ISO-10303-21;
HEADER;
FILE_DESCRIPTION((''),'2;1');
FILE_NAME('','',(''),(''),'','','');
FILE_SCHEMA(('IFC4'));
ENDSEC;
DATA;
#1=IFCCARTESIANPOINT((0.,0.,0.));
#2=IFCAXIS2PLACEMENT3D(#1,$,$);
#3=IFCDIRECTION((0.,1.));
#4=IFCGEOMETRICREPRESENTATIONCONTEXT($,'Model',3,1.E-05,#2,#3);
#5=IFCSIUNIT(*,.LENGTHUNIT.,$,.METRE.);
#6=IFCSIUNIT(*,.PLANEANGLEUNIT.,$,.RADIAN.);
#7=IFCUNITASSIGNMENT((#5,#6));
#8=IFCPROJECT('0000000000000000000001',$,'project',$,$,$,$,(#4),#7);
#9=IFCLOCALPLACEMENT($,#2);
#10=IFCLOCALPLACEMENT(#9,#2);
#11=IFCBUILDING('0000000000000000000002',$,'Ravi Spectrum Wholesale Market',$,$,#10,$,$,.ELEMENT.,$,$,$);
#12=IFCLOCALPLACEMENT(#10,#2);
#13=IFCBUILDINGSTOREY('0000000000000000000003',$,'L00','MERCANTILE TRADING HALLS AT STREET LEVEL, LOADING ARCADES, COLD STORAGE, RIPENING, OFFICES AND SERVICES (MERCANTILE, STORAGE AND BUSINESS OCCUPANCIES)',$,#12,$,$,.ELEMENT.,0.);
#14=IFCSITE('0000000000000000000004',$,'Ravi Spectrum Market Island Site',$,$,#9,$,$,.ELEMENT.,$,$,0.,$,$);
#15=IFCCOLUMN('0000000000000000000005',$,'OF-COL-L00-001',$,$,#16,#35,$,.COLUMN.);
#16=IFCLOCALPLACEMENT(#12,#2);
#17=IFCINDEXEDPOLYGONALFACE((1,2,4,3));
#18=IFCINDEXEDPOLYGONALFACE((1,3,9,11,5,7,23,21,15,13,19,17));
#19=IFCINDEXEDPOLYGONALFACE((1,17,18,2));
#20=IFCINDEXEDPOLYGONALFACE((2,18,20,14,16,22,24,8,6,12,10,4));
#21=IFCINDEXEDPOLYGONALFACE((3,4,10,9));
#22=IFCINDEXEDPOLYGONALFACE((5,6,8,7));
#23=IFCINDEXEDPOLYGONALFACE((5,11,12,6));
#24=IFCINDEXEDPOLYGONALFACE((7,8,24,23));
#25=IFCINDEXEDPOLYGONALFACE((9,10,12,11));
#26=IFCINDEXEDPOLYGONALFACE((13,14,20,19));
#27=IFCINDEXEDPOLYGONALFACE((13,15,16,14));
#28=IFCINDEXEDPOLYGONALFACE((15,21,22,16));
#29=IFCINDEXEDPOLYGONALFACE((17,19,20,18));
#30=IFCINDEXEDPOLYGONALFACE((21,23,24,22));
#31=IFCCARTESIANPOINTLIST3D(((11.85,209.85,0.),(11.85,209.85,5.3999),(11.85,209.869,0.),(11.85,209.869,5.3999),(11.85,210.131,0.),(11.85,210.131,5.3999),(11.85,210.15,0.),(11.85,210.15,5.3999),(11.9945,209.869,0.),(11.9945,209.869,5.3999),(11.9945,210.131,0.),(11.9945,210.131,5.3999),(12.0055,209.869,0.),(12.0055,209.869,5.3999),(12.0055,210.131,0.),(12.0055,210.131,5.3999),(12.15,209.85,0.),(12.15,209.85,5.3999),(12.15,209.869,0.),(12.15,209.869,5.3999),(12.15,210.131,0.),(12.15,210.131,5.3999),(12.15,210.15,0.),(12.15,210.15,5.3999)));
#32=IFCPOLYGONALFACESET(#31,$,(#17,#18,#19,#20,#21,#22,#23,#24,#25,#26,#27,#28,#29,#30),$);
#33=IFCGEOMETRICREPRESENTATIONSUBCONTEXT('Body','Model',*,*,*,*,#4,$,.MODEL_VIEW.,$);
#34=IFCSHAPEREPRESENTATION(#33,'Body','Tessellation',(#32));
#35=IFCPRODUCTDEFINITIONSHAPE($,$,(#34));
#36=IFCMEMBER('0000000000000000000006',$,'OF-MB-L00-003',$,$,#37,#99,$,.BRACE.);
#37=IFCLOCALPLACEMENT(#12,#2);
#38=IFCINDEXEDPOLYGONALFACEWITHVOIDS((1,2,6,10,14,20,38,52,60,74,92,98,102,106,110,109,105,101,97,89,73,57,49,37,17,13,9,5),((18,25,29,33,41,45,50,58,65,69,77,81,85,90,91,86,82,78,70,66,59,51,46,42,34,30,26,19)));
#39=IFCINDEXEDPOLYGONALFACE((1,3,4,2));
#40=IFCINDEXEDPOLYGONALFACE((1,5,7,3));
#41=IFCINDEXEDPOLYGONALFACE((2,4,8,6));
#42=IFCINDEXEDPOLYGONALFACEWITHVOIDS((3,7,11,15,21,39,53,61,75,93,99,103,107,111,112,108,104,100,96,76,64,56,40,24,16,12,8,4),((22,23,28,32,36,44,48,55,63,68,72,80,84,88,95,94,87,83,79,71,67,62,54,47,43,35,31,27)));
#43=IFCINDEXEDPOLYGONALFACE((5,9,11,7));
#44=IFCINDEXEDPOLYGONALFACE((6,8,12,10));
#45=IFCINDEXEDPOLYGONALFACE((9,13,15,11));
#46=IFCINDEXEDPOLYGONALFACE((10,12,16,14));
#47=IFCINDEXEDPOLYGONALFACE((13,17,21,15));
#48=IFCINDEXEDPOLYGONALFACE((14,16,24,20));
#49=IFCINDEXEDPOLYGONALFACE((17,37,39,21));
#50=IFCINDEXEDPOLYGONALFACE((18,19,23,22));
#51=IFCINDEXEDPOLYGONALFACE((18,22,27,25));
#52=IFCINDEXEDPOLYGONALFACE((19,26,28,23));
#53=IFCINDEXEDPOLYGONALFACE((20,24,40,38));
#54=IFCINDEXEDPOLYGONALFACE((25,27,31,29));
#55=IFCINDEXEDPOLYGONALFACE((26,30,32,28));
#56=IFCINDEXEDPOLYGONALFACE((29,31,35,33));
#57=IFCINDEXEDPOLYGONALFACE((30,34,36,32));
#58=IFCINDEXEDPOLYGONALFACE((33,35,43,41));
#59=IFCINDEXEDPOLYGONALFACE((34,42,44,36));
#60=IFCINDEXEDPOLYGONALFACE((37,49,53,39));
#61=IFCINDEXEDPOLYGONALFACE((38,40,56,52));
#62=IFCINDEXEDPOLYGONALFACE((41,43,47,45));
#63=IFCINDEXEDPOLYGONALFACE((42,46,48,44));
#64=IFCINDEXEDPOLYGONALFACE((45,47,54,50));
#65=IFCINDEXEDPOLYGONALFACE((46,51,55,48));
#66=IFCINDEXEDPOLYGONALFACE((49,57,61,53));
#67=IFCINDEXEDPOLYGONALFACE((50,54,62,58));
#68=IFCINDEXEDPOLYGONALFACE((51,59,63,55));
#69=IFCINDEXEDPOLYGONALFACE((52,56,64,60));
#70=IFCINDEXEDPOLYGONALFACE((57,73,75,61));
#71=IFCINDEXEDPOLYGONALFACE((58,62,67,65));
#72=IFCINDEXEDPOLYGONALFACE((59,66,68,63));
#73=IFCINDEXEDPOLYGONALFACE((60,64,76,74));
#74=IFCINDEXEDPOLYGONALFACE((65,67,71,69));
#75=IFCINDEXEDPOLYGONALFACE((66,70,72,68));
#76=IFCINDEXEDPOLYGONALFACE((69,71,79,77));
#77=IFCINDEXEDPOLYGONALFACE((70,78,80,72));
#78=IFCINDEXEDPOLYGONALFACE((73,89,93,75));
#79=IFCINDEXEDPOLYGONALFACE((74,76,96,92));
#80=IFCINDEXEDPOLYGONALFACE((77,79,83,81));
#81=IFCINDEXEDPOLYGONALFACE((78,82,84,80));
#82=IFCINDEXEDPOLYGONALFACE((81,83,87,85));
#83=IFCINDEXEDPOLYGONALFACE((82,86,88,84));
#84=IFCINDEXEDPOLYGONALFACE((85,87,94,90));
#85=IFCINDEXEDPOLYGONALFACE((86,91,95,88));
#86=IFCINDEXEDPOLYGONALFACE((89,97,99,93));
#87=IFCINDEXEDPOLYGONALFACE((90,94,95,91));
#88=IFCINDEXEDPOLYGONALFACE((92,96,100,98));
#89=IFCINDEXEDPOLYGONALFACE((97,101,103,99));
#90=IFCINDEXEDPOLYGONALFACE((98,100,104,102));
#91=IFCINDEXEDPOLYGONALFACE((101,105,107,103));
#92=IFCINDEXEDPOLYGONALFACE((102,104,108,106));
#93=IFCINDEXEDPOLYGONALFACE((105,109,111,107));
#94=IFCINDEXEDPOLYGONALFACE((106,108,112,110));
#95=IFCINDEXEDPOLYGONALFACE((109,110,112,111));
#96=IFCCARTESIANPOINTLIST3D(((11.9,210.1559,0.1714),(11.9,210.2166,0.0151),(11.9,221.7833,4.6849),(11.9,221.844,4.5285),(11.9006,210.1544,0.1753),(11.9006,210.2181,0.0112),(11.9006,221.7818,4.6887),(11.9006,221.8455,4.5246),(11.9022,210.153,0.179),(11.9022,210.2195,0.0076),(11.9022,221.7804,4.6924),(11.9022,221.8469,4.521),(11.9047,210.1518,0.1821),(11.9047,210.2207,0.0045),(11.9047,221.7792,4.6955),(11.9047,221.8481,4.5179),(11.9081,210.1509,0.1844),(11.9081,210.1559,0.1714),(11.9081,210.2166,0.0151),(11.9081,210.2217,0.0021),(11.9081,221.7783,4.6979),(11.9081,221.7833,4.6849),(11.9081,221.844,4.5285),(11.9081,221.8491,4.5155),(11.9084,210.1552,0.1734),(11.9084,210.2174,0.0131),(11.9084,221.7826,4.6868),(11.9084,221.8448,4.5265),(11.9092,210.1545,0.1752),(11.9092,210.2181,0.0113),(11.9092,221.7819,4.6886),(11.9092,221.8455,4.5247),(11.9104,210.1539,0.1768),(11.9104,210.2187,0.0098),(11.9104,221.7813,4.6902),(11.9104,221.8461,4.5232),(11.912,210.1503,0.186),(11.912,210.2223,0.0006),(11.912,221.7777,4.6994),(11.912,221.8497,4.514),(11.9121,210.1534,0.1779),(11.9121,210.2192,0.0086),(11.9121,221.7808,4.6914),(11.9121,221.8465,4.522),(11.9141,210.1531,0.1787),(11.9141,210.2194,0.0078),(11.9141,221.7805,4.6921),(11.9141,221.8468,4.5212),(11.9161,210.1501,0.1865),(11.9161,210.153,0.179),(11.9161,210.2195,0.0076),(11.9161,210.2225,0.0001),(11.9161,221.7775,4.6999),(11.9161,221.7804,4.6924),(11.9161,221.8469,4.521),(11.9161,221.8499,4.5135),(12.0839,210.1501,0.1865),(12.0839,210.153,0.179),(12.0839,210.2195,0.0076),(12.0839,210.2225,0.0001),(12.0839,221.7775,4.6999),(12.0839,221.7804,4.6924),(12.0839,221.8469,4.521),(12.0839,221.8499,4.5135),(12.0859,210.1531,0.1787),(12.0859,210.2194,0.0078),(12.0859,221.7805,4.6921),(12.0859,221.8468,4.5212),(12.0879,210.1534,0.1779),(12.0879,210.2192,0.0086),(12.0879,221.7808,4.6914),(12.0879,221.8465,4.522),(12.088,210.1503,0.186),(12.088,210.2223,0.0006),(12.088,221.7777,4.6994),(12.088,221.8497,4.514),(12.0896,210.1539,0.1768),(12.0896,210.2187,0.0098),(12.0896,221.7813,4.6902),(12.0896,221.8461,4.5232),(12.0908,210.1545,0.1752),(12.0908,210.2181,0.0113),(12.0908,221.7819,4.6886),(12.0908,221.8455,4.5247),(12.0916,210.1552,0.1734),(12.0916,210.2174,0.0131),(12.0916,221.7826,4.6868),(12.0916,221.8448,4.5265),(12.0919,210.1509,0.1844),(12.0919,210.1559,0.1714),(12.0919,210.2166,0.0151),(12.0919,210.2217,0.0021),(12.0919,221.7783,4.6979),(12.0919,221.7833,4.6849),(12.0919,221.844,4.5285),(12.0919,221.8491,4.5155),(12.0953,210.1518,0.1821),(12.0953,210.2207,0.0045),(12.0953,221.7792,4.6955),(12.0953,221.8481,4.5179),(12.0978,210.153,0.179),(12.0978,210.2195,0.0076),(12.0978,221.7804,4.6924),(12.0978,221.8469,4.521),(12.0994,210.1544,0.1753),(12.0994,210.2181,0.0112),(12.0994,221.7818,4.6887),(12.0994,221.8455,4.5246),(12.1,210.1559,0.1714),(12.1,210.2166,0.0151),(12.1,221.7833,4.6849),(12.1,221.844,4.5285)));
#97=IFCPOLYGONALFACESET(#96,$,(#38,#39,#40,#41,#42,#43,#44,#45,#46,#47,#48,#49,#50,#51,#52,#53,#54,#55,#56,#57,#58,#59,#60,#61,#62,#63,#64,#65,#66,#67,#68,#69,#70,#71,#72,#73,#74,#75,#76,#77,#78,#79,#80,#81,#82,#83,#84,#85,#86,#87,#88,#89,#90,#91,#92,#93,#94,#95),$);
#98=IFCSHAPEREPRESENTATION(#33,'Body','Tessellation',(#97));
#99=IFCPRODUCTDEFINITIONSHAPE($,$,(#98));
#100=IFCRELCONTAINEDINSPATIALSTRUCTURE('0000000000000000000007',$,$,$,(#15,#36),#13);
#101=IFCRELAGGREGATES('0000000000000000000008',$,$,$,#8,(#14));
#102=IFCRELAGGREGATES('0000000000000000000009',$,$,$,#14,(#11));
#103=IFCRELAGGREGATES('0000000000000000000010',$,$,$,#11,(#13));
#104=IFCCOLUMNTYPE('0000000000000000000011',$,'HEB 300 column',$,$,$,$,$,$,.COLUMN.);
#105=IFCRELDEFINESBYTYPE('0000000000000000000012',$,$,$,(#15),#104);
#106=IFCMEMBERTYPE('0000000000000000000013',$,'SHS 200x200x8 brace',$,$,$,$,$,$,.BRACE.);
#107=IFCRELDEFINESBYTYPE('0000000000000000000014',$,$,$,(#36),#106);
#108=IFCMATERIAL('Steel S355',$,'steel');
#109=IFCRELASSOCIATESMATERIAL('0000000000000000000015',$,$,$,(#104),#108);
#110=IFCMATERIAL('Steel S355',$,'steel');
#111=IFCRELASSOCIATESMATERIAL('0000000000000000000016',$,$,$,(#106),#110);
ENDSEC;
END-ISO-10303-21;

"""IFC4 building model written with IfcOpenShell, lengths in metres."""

from ifc_helpers import new_model, si_unit, direction, frame, origin, origin_2d, place, context, subcontext, project, spatial, hollow_rectangle, i_section, extrude, material, material_profile, profile_set, type_object, element, save


model = new_model("IFC4")

# Units and contexts
model_context = context("Model", 3, precision=1e-05, world=origin(), true_north=direction((0.0, 1.0)))
body_context = subcontext(model_context, "Body", "Model", "MODEL_VIEW")
ifc_project = project(units=[si_unit("LENGTHUNIT", "METRE"), si_unit("PLANEANGLEUNIT", "RADIAN")], contexts=[model_context])

# Site, building, storey
site_placement = place(None, origin())
site = spatial("IfcSite", under=ifc_project, at=site_placement, Name="Ravi Spectrum Market Island Site", CompositionType="ELEMENT", RefElevation=0.0)
building_placement = place(site_placement, origin())
building = spatial("IfcBuilding", under=site, at=building_placement, Name="Ravi Spectrum Wholesale Market", CompositionType="ELEMENT")
storey_placement = place(building_placement, origin())
storey = spatial("IfcBuildingStorey", under=building, at=storey_placement, Name="L00", Description="MERCANTILE TRADING HALLS AT STREET LEVEL, LOADING ARCADES, COLD STORAGE, RIPENING, OFFICES AND SERVICES (MERCANTILE, STORAGE AND BUSINESS OCCUPANCIES)", CompositionType="ELEMENT", Elevation=0.0)

# Column
ifc_material_1 = material(Name="Steel S355", Category="steel")
ifc_material_profile_1 = material_profile(ifc_material_1, i_section(OverallWidth=0.3, OverallDepth=0.3, WebThickness=0.011, FlangeThickness=0.019, at=origin_2d()))
ifc_profile_set_1 = profile_set([ifc_material_profile_1], Name="Steel S355")
column_type_1 = type_object("IfcColumnType", Name="HEB 300 column", PredefinedType="COLUMN", material=ifc_profile_set_1)
column_1_placement = place(storey_placement, frame((12.0, 210.0, 0.0), z_axis=(0.0, 0.0, 1.0), x_axis=(1.0, 0.0, 0.0)))
element("IfcColumn", 1, at=column_1_placement, inside=storey, type_object=column_type_1, Name="OF-COL-L00-001", PredefinedType="COLUMN", context=body_context, shape_type="SweptSolid", body=[
    extrude(i_section(OverallWidth=0.3, OverallDepth=0.3, WebThickness=0.011, FlangeThickness=0.019, at=origin_2d()), origin(), (0.0, 0.0, 1.0), 5.3999),
])

# Member
ifc_material_2 = material(Name="Steel S355", Category="steel")
ifc_material_profile_2 = material_profile(ifc_material_2, hollow_rectangle(XDim=0.2, YDim=0.2, WallThickness=0.0081, InnerFilletRadius=0.0081, OuterFilletRadius=0.0161, at=origin_2d()))
ifc_profile_set_2 = profile_set([ifc_material_profile_2], Name="Steel S355")
member_type = type_object("IfcMemberType", Name="SHS 200x200x8 brace", PredefinedType="BRACE", material=ifc_profile_set_2)
member_placement = place(storey_placement, frame((12.0, 210.1863, 0.0933), z_axis=(0.0, 0.932231, 0.361864), x_axis=(-1.0, 0.0, 0.0)))
element("IfcMember", 2, at=member_placement, inside=storey, type_object=member_type, Name="OF-MB-L00-003", PredefinedType="BRACE", context=body_context, shape_type="SweptSolid", body=[
    extrude(hollow_rectangle(XDim=0.2, YDim=0.2, WallThickness=0.0081, InnerFilletRadius=0.0081, OuterFilletRadius=0.0161, at=origin_2d()), origin(), (0.0, 0.0, 1.0), 12.4727),
])

save(model, "model.ifc")
